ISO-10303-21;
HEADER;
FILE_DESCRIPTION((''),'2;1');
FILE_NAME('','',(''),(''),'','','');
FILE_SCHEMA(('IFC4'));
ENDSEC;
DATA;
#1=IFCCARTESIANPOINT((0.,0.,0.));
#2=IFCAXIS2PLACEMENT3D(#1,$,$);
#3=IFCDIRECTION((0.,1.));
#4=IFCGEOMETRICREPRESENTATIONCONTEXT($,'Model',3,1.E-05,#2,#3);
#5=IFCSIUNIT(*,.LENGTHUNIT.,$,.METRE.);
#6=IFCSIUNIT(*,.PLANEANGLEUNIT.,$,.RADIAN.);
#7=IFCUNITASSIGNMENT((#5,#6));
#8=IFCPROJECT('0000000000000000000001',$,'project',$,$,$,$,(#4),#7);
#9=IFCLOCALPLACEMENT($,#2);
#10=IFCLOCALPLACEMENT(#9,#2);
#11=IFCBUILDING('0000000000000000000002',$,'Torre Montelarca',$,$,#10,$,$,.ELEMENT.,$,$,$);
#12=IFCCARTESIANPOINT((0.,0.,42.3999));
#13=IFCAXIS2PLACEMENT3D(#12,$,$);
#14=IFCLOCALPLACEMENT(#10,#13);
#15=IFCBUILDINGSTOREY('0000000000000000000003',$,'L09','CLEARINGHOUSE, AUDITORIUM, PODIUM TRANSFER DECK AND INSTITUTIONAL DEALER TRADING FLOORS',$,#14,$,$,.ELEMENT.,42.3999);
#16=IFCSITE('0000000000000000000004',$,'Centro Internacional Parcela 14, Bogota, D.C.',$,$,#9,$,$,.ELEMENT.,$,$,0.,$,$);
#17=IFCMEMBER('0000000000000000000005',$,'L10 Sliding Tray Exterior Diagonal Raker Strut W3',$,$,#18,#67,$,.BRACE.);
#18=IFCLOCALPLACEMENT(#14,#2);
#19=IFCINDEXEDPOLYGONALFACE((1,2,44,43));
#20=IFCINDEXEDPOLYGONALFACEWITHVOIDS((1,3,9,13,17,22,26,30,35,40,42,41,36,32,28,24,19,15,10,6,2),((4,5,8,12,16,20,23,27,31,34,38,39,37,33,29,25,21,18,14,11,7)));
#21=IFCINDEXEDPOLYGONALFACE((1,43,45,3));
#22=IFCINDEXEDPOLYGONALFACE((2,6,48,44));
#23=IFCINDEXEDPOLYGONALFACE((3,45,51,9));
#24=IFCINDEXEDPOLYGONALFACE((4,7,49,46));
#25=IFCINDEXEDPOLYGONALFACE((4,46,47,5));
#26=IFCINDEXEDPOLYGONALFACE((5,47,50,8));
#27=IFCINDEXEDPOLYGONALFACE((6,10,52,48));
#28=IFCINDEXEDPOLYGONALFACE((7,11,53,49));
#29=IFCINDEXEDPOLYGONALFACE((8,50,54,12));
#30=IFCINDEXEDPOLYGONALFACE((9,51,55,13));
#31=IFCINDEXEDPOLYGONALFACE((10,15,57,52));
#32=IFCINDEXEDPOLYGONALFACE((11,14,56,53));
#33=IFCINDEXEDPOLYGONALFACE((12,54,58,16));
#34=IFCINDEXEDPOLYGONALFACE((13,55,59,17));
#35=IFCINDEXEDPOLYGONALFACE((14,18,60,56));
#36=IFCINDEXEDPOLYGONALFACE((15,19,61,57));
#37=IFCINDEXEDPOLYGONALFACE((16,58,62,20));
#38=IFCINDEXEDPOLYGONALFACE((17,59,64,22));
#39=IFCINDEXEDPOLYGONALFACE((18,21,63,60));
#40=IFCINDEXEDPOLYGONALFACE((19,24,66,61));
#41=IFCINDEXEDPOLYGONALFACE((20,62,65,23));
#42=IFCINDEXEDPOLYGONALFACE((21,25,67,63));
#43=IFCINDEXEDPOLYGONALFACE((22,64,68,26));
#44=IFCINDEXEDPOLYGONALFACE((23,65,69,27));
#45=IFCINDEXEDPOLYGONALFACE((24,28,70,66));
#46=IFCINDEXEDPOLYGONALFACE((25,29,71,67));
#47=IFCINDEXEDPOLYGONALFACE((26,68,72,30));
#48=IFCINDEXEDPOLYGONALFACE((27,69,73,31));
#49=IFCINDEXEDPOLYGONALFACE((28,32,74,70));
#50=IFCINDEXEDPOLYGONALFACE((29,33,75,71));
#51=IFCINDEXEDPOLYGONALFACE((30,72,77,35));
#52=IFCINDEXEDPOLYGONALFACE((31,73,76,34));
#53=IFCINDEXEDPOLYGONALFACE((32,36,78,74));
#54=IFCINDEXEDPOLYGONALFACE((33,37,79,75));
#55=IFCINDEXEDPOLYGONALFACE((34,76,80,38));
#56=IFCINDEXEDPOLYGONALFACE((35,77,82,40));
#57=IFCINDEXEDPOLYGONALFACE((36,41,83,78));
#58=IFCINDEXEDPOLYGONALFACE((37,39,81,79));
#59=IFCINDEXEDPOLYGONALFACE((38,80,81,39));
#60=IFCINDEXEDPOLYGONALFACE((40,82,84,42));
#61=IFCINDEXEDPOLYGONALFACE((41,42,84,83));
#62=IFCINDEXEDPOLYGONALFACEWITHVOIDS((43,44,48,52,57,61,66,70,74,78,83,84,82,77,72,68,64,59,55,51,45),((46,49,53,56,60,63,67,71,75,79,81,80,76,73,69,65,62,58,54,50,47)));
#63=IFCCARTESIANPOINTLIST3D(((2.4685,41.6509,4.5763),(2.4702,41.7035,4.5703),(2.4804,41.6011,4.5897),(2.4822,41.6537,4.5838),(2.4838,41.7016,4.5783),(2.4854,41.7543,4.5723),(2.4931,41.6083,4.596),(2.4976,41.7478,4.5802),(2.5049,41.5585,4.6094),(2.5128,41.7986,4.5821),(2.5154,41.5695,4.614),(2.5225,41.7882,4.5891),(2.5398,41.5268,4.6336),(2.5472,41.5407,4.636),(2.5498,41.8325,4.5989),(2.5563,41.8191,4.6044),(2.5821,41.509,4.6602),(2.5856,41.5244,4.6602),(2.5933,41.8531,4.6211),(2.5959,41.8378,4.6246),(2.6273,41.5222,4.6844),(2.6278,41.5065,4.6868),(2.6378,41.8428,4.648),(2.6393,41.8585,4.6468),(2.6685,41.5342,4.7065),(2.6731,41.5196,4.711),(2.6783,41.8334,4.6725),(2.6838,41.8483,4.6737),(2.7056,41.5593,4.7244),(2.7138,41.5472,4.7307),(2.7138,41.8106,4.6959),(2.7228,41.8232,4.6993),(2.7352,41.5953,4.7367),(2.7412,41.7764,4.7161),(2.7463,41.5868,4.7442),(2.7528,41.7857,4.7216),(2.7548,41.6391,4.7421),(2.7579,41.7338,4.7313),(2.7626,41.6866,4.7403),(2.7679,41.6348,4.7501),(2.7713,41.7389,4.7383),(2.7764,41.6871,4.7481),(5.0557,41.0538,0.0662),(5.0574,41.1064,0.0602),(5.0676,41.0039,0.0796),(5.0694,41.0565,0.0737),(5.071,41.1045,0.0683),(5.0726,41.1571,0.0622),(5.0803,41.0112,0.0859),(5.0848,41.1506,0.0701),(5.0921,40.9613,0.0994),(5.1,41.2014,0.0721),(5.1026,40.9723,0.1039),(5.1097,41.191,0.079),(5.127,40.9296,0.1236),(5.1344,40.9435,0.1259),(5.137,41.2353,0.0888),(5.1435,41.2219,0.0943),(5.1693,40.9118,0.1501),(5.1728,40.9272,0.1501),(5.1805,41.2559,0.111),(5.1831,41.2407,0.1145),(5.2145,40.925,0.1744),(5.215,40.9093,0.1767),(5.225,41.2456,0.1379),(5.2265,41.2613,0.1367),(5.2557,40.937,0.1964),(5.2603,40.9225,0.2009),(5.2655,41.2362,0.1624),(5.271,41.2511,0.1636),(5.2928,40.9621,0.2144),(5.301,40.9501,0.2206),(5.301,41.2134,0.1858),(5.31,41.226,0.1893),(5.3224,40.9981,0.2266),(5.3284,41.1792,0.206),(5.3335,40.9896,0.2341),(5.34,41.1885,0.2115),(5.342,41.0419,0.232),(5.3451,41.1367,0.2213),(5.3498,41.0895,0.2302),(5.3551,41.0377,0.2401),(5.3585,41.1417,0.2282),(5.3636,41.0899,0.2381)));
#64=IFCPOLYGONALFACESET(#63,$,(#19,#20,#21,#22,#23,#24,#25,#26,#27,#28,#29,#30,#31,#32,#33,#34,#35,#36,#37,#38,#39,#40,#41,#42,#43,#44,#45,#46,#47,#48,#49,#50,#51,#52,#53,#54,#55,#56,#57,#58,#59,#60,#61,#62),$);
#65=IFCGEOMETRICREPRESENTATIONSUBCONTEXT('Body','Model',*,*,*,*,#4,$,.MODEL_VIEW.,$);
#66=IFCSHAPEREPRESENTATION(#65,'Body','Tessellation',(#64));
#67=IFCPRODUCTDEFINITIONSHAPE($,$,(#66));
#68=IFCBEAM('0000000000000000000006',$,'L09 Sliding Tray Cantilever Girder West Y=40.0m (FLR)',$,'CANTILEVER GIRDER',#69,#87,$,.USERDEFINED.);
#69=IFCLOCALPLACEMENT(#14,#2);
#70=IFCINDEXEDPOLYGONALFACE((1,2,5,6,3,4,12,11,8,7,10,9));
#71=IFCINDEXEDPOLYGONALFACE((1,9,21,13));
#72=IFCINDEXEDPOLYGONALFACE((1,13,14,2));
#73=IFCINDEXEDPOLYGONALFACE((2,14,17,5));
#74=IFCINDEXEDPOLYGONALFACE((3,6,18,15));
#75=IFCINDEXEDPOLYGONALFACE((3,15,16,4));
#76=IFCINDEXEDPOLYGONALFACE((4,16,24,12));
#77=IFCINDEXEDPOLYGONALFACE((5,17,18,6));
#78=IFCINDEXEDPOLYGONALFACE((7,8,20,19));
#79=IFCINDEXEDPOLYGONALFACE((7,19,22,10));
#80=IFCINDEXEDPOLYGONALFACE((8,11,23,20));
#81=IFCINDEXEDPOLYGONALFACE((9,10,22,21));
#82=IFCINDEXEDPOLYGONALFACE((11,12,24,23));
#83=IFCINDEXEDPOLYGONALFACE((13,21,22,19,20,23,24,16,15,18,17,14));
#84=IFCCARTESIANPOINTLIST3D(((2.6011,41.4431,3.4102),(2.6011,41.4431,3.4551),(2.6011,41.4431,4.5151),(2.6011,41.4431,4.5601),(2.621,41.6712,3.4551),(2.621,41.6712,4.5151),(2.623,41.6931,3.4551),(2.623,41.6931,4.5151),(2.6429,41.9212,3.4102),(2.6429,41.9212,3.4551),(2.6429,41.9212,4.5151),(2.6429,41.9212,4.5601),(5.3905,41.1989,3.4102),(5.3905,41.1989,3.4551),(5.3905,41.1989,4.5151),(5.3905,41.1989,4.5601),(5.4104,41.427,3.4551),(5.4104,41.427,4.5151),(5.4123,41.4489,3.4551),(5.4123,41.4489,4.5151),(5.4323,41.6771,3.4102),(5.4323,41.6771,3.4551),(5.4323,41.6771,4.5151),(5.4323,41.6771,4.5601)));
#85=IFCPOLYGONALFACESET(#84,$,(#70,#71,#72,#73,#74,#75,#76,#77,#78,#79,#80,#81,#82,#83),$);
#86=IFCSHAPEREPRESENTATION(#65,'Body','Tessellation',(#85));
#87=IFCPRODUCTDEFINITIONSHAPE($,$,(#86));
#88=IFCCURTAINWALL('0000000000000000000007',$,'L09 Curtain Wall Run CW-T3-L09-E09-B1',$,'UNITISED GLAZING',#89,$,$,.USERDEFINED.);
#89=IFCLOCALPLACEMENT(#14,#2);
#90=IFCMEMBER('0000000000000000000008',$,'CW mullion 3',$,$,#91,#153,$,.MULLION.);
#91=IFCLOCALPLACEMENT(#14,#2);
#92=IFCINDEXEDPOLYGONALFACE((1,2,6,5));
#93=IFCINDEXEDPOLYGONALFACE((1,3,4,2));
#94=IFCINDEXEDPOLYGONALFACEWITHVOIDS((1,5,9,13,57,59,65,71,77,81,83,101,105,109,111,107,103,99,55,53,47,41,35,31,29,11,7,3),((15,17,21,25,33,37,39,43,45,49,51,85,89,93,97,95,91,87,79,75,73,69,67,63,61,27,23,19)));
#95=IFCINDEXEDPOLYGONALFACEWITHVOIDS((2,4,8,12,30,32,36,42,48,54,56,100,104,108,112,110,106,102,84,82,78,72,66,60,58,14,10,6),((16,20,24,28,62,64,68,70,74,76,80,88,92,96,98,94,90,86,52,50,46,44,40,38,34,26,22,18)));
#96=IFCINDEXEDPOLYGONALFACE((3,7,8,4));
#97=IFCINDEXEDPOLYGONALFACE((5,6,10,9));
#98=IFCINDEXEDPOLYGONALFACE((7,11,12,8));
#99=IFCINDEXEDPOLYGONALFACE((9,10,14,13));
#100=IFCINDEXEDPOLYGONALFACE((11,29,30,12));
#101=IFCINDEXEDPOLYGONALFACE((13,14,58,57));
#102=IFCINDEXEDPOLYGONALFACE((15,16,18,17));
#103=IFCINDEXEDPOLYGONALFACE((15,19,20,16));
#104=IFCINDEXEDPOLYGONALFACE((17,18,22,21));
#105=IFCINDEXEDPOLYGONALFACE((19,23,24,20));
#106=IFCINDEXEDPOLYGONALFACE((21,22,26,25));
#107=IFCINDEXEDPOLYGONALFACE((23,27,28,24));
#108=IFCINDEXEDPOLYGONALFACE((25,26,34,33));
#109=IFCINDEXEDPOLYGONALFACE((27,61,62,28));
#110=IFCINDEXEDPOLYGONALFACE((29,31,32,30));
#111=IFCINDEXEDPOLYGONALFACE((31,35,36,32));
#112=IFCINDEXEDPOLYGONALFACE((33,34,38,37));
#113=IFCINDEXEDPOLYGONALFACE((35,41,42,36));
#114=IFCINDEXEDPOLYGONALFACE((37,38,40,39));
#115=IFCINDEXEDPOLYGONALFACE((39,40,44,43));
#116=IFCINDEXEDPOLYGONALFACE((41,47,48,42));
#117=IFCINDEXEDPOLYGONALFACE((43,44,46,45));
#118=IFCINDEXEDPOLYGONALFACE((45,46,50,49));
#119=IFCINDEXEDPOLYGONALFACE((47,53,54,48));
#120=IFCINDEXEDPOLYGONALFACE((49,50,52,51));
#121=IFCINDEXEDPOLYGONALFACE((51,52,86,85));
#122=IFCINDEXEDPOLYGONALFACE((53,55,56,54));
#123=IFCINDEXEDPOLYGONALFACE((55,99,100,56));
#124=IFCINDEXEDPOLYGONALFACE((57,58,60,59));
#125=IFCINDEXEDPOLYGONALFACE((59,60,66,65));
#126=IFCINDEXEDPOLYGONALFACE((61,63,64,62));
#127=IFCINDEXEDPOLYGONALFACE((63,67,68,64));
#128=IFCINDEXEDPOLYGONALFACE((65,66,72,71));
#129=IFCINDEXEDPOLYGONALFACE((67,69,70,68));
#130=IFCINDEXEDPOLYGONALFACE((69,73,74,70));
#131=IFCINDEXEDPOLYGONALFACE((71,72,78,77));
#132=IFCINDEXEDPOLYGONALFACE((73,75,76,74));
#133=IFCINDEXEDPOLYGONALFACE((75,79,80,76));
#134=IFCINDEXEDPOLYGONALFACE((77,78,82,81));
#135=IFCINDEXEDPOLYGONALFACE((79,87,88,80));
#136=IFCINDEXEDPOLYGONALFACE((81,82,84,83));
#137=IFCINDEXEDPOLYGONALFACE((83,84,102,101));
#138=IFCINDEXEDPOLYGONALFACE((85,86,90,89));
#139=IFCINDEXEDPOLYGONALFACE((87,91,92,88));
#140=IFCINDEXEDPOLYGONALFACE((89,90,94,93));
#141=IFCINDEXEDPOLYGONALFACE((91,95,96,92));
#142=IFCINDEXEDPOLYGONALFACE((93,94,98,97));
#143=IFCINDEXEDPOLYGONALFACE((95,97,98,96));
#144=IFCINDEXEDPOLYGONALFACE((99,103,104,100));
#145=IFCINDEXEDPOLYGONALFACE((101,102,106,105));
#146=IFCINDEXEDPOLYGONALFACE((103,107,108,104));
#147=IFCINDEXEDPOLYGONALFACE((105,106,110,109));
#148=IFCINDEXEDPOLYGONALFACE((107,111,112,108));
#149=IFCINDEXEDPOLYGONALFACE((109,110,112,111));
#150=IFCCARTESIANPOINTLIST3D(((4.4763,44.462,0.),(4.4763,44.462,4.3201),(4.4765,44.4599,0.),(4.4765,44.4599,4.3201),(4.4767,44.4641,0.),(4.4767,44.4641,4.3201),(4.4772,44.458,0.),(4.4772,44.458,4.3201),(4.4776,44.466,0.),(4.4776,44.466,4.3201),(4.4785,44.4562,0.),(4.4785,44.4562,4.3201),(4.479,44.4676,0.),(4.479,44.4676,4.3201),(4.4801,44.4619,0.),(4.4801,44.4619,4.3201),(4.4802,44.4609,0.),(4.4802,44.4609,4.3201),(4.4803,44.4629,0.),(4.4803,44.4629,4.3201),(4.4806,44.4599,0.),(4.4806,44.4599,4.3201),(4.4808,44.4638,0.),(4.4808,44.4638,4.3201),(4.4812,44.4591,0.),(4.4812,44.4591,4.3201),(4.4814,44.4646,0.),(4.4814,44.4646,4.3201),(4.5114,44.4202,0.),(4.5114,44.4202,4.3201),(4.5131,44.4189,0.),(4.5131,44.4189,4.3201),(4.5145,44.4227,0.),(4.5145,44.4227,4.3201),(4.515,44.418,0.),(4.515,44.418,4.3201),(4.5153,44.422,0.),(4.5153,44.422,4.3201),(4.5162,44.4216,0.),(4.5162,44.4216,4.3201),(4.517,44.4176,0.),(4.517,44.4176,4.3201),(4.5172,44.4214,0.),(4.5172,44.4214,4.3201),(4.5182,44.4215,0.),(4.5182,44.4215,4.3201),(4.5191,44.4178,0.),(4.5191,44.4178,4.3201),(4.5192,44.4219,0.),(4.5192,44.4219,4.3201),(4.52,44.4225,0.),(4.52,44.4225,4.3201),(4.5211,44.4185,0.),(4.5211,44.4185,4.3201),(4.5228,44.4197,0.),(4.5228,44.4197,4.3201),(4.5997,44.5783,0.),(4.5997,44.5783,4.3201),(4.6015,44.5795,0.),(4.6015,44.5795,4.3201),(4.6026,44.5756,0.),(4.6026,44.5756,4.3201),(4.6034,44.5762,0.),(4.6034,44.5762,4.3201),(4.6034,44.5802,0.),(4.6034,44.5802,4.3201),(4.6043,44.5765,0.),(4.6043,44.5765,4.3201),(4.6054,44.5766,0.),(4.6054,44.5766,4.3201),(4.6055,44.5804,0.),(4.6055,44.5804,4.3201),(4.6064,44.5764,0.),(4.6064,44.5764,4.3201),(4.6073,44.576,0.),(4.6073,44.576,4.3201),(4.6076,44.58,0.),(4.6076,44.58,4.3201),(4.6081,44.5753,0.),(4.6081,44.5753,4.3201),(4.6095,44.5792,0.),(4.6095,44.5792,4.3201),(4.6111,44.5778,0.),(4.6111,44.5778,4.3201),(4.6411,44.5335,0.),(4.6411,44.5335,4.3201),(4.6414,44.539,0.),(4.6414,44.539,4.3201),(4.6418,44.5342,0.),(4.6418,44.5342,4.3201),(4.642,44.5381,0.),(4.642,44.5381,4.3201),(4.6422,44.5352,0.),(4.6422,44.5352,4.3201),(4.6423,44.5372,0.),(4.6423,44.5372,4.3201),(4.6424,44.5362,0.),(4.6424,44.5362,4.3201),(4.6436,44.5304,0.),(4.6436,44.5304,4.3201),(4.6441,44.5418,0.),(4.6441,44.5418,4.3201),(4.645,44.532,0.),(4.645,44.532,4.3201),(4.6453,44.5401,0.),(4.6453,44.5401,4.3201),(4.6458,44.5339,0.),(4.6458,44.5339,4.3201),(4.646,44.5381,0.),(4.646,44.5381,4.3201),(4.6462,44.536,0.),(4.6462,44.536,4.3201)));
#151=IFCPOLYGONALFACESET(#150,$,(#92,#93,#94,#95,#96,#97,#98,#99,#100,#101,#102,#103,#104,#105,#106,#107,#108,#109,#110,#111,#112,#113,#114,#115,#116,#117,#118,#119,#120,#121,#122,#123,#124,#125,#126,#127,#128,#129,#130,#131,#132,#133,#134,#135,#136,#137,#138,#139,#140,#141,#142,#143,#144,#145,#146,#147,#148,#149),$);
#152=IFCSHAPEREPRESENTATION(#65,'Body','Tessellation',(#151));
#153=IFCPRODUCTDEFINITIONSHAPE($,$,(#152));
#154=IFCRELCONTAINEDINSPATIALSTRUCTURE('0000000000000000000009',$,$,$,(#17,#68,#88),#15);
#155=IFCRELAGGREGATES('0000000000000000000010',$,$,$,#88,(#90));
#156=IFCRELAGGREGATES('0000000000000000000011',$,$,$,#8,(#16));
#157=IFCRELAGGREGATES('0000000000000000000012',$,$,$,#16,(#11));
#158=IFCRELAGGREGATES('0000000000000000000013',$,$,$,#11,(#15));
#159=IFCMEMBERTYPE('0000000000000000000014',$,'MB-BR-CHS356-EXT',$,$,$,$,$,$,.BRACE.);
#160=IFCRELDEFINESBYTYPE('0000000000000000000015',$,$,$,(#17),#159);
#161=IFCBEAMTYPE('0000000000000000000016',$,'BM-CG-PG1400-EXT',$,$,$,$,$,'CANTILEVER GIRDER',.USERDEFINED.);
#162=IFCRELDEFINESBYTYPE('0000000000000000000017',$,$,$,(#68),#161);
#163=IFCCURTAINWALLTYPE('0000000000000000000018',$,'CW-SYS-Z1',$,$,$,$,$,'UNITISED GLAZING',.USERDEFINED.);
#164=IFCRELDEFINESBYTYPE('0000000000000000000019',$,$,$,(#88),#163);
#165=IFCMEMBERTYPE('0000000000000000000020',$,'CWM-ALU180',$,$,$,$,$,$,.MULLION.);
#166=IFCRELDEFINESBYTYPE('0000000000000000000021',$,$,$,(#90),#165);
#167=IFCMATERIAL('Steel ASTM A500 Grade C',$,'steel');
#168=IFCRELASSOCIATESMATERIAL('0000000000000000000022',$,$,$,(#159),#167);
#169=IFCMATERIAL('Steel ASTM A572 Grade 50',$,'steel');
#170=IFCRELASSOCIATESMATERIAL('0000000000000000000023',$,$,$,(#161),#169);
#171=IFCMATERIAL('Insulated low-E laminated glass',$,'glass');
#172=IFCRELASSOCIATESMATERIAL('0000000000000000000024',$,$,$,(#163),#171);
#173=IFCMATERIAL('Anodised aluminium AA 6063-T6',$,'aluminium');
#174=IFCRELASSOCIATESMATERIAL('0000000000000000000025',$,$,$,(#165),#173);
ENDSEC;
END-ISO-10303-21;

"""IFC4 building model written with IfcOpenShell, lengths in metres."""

from ifc_helpers import new_model, si_unit, direction, frame, origin, origin_2d, place, context, subcontext, project, spatial, hollow_rectangle, hollow_circle, i_section, extrude, source, transform, mapped, material, material_profile, profile_set, type_object, element, aggregate, save


model = new_model("IFC4")

# Units and contexts
model_context = context("Model", 3, precision=1e-05, world=origin(), true_north=direction((0.0, 1.0)))
body_context = subcontext(model_context, "Body", "Model", "MODEL_VIEW")
ifc_project = project(units=[si_unit("LENGTHUNIT", "METRE"), si_unit("PLANEANGLEUNIT", "RADIAN")], contexts=[model_context])

# Site, building, storey
site_placement = place(None, origin())
site = spatial("IfcSite", under=ifc_project, at=site_placement, Name="Centro Internacional Parcela 14, Bogota, D.C.", CompositionType="ELEMENT", RefElevation=0.0)
building_placement = place(site_placement, origin())
building = spatial("IfcBuilding", under=site, at=building_placement, Name="Torre Montelarca", CompositionType="ELEMENT")
storey_placement = place(building_placement, frame((0.0, 0.0, 42.3999)))
storey = spatial("IfcBuildingStorey", under=building, at=storey_placement, Name="L09", Description="CLEARINGHOUSE, AUDITORIUM, PODIUM TRANSFER DECK AND INSTITUTIONAL DEALER TRADING FLOORS", CompositionType="ELEMENT", Elevation=42.3999)

# Member
ifc_material_1 = material(Name="Steel ASTM A500 Grade C", Category="steel")
ifc_material_profile_1 = material_profile(ifc_material_1, hollow_circle(Radius=0.1777, WallThickness=0.0159, at=origin_2d()), Name="HSS355.6X15.9", Category="steel")
ifc_profile_set_1 = profile_set([ifc_material_profile_1], Name="Steel ASTM A500 Grade C")
member_type_1 = type_object("IfcMemberType", Name="MB-BR-CHS356-EXT", PredefinedType="BRACE", material=ifc_profile_set_1)
shared_shape_1 = source(origin(), body_context, "Body", "SweptSolid", [
    extrude(hollow_circle(Radius=0.1777, WallThickness=0.0159, at=origin_2d()), origin(), (0.0, 0.0, 1.0), 5.2336),
])
member_1_placement = place(storey_placement, frame((5.2092, 41.085, 0.1501), z_axis=(-0.49434, 0.114104, 0.861747), x_axis=(-0.224907, -0.97438, 0.0)))
element("IfcMember", 1, at=member_1_placement, inside=storey, type_object=member_type_1, Name="L10 Sliding Tray Exterior Diagonal Raker Strut W3", PredefinedType="BRACE", context=body_context, shape_type="MappedRepresentation", body=[
    mapped(shared_shape_1, transform((0.0, 0.0, 0.0), scale=1.0)),
])

# Beam
ifc_material_2 = material(Name="Steel ASTM A572 Grade 50", Category="steel")
ifc_material_profile_2 = material_profile(ifc_material_2, i_section(OverallWidth=0.48, OverallDepth=1.1499, WebThickness=0.022, FlangeThickness=0.0449, at=origin_2d()), Name="PG1150X480X22X45", Category="steel")
ifc_profile_set_2 = profile_set([ifc_material_profile_2], Name="Steel ASTM A572 Grade 50")
beam_type = type_object("IfcBeamType", Name="BM-CG-PG1400-EXT", ElementType="CANTILEVER GIRDER", PredefinedType="USERDEFINED", material=ifc_profile_set_2)
shared_shape_2 = source(origin(), body_context, "Body", "SweptSolid", [
    extrude(i_section(OverallWidth=0.48, OverallDepth=1.1499, WebThickness=0.022, FlangeThickness=0.0449, at=origin_2d()), origin(), (0.0, 0.0, 1.0), 2.8),
])
beam_placement = place(storey_placement, frame((5.4114, 41.438, 3.9851), z_axis=(-0.996191, 0.087194, 0.0), x_axis=(-0.087194, -0.996191, 0.0)))
element("IfcBeam", 2, at=beam_placement, inside=storey, type_object=beam_type, Name="L09 Sliding Tray Cantilever Girder West Y=40.0m (FLR)", ObjectType="CANTILEVER GIRDER", PredefinedType="USERDEFINED", context=body_context, shape_type="MappedRepresentation", body=[
    mapped(shared_shape_2, transform((0.0, 0.0, 0.0), scale=1.0)),
])

# Curtain wall, member
ifc_material_3 = material(Name="Insulated low-E laminated glass", Category="glass")
curtain_wall_type = type_object("IfcCurtainWallType", Name="CW-SYS-Z1", ElementType="UNITISED GLAZING", PredefinedType="USERDEFINED", material=ifc_material_3)
curtain_wall_1_placement = place(storey_placement, origin())
curtain_wall_1 = element("IfcCurtainWall", 3, at=curtain_wall_1_placement, inside=storey, type_object=curtain_wall_type, Name="L09 Curtain Wall Run CW-T3-L09-E09-B1", ObjectType="UNITISED GLAZING", PredefinedType="USERDEFINED")
ifc_material_4 = material(Name="Anodised aluminium AA 6063-T6", Category="aluminium")
ifc_material_profile_3 = material_profile(ifc_material_4, hollow_rectangle(XDim=0.0649, YDim=0.1799, WallThickness=0.0039, InnerFilletRadius=0.0039, OuterFilletRadius=0.0081, at=origin_2d()), Name="ALU65X180X4", Category="aluminium")
ifc_profile_set_3 = profile_set([ifc_material_profile_3], Name="Anodised aluminium AA 6063-T6")
member_type_2 = type_object("IfcMemberType", Name="CWM-ALU180", PredefinedType="MULLION", material=ifc_profile_set_3)
shared_shape_3 = source(origin(), body_context, "Body", "SweptSolid", [
    extrude(hollow_rectangle(XDim=0.0649, YDim=0.1799, WallThickness=0.0039, InnerFilletRadius=0.0039, OuterFilletRadius=0.0081, at=origin_2d()), origin(), (0.0, 0.0, 1.0), 4.3201),
])
member_2_placement = place(storey_placement, frame((4.5613, 44.499, 0.0), z_axis=(0.0, 0.0, 1.0), x_axis=(0.675583, -0.737283, 0.0)))
member_2 = element("IfcMember", 4, at=member_2_placement, type_object=member_type_2, Name="CW mullion 3", PredefinedType="MULLION", context=body_context, shape_type="MappedRepresentation", body=[
    mapped(shared_shape_3, transform((0.0, 0.0, 0.0), scale=1.0)),
])

aggregate(curtain_wall_1, [member_2])

save(model, "model.ifc")
